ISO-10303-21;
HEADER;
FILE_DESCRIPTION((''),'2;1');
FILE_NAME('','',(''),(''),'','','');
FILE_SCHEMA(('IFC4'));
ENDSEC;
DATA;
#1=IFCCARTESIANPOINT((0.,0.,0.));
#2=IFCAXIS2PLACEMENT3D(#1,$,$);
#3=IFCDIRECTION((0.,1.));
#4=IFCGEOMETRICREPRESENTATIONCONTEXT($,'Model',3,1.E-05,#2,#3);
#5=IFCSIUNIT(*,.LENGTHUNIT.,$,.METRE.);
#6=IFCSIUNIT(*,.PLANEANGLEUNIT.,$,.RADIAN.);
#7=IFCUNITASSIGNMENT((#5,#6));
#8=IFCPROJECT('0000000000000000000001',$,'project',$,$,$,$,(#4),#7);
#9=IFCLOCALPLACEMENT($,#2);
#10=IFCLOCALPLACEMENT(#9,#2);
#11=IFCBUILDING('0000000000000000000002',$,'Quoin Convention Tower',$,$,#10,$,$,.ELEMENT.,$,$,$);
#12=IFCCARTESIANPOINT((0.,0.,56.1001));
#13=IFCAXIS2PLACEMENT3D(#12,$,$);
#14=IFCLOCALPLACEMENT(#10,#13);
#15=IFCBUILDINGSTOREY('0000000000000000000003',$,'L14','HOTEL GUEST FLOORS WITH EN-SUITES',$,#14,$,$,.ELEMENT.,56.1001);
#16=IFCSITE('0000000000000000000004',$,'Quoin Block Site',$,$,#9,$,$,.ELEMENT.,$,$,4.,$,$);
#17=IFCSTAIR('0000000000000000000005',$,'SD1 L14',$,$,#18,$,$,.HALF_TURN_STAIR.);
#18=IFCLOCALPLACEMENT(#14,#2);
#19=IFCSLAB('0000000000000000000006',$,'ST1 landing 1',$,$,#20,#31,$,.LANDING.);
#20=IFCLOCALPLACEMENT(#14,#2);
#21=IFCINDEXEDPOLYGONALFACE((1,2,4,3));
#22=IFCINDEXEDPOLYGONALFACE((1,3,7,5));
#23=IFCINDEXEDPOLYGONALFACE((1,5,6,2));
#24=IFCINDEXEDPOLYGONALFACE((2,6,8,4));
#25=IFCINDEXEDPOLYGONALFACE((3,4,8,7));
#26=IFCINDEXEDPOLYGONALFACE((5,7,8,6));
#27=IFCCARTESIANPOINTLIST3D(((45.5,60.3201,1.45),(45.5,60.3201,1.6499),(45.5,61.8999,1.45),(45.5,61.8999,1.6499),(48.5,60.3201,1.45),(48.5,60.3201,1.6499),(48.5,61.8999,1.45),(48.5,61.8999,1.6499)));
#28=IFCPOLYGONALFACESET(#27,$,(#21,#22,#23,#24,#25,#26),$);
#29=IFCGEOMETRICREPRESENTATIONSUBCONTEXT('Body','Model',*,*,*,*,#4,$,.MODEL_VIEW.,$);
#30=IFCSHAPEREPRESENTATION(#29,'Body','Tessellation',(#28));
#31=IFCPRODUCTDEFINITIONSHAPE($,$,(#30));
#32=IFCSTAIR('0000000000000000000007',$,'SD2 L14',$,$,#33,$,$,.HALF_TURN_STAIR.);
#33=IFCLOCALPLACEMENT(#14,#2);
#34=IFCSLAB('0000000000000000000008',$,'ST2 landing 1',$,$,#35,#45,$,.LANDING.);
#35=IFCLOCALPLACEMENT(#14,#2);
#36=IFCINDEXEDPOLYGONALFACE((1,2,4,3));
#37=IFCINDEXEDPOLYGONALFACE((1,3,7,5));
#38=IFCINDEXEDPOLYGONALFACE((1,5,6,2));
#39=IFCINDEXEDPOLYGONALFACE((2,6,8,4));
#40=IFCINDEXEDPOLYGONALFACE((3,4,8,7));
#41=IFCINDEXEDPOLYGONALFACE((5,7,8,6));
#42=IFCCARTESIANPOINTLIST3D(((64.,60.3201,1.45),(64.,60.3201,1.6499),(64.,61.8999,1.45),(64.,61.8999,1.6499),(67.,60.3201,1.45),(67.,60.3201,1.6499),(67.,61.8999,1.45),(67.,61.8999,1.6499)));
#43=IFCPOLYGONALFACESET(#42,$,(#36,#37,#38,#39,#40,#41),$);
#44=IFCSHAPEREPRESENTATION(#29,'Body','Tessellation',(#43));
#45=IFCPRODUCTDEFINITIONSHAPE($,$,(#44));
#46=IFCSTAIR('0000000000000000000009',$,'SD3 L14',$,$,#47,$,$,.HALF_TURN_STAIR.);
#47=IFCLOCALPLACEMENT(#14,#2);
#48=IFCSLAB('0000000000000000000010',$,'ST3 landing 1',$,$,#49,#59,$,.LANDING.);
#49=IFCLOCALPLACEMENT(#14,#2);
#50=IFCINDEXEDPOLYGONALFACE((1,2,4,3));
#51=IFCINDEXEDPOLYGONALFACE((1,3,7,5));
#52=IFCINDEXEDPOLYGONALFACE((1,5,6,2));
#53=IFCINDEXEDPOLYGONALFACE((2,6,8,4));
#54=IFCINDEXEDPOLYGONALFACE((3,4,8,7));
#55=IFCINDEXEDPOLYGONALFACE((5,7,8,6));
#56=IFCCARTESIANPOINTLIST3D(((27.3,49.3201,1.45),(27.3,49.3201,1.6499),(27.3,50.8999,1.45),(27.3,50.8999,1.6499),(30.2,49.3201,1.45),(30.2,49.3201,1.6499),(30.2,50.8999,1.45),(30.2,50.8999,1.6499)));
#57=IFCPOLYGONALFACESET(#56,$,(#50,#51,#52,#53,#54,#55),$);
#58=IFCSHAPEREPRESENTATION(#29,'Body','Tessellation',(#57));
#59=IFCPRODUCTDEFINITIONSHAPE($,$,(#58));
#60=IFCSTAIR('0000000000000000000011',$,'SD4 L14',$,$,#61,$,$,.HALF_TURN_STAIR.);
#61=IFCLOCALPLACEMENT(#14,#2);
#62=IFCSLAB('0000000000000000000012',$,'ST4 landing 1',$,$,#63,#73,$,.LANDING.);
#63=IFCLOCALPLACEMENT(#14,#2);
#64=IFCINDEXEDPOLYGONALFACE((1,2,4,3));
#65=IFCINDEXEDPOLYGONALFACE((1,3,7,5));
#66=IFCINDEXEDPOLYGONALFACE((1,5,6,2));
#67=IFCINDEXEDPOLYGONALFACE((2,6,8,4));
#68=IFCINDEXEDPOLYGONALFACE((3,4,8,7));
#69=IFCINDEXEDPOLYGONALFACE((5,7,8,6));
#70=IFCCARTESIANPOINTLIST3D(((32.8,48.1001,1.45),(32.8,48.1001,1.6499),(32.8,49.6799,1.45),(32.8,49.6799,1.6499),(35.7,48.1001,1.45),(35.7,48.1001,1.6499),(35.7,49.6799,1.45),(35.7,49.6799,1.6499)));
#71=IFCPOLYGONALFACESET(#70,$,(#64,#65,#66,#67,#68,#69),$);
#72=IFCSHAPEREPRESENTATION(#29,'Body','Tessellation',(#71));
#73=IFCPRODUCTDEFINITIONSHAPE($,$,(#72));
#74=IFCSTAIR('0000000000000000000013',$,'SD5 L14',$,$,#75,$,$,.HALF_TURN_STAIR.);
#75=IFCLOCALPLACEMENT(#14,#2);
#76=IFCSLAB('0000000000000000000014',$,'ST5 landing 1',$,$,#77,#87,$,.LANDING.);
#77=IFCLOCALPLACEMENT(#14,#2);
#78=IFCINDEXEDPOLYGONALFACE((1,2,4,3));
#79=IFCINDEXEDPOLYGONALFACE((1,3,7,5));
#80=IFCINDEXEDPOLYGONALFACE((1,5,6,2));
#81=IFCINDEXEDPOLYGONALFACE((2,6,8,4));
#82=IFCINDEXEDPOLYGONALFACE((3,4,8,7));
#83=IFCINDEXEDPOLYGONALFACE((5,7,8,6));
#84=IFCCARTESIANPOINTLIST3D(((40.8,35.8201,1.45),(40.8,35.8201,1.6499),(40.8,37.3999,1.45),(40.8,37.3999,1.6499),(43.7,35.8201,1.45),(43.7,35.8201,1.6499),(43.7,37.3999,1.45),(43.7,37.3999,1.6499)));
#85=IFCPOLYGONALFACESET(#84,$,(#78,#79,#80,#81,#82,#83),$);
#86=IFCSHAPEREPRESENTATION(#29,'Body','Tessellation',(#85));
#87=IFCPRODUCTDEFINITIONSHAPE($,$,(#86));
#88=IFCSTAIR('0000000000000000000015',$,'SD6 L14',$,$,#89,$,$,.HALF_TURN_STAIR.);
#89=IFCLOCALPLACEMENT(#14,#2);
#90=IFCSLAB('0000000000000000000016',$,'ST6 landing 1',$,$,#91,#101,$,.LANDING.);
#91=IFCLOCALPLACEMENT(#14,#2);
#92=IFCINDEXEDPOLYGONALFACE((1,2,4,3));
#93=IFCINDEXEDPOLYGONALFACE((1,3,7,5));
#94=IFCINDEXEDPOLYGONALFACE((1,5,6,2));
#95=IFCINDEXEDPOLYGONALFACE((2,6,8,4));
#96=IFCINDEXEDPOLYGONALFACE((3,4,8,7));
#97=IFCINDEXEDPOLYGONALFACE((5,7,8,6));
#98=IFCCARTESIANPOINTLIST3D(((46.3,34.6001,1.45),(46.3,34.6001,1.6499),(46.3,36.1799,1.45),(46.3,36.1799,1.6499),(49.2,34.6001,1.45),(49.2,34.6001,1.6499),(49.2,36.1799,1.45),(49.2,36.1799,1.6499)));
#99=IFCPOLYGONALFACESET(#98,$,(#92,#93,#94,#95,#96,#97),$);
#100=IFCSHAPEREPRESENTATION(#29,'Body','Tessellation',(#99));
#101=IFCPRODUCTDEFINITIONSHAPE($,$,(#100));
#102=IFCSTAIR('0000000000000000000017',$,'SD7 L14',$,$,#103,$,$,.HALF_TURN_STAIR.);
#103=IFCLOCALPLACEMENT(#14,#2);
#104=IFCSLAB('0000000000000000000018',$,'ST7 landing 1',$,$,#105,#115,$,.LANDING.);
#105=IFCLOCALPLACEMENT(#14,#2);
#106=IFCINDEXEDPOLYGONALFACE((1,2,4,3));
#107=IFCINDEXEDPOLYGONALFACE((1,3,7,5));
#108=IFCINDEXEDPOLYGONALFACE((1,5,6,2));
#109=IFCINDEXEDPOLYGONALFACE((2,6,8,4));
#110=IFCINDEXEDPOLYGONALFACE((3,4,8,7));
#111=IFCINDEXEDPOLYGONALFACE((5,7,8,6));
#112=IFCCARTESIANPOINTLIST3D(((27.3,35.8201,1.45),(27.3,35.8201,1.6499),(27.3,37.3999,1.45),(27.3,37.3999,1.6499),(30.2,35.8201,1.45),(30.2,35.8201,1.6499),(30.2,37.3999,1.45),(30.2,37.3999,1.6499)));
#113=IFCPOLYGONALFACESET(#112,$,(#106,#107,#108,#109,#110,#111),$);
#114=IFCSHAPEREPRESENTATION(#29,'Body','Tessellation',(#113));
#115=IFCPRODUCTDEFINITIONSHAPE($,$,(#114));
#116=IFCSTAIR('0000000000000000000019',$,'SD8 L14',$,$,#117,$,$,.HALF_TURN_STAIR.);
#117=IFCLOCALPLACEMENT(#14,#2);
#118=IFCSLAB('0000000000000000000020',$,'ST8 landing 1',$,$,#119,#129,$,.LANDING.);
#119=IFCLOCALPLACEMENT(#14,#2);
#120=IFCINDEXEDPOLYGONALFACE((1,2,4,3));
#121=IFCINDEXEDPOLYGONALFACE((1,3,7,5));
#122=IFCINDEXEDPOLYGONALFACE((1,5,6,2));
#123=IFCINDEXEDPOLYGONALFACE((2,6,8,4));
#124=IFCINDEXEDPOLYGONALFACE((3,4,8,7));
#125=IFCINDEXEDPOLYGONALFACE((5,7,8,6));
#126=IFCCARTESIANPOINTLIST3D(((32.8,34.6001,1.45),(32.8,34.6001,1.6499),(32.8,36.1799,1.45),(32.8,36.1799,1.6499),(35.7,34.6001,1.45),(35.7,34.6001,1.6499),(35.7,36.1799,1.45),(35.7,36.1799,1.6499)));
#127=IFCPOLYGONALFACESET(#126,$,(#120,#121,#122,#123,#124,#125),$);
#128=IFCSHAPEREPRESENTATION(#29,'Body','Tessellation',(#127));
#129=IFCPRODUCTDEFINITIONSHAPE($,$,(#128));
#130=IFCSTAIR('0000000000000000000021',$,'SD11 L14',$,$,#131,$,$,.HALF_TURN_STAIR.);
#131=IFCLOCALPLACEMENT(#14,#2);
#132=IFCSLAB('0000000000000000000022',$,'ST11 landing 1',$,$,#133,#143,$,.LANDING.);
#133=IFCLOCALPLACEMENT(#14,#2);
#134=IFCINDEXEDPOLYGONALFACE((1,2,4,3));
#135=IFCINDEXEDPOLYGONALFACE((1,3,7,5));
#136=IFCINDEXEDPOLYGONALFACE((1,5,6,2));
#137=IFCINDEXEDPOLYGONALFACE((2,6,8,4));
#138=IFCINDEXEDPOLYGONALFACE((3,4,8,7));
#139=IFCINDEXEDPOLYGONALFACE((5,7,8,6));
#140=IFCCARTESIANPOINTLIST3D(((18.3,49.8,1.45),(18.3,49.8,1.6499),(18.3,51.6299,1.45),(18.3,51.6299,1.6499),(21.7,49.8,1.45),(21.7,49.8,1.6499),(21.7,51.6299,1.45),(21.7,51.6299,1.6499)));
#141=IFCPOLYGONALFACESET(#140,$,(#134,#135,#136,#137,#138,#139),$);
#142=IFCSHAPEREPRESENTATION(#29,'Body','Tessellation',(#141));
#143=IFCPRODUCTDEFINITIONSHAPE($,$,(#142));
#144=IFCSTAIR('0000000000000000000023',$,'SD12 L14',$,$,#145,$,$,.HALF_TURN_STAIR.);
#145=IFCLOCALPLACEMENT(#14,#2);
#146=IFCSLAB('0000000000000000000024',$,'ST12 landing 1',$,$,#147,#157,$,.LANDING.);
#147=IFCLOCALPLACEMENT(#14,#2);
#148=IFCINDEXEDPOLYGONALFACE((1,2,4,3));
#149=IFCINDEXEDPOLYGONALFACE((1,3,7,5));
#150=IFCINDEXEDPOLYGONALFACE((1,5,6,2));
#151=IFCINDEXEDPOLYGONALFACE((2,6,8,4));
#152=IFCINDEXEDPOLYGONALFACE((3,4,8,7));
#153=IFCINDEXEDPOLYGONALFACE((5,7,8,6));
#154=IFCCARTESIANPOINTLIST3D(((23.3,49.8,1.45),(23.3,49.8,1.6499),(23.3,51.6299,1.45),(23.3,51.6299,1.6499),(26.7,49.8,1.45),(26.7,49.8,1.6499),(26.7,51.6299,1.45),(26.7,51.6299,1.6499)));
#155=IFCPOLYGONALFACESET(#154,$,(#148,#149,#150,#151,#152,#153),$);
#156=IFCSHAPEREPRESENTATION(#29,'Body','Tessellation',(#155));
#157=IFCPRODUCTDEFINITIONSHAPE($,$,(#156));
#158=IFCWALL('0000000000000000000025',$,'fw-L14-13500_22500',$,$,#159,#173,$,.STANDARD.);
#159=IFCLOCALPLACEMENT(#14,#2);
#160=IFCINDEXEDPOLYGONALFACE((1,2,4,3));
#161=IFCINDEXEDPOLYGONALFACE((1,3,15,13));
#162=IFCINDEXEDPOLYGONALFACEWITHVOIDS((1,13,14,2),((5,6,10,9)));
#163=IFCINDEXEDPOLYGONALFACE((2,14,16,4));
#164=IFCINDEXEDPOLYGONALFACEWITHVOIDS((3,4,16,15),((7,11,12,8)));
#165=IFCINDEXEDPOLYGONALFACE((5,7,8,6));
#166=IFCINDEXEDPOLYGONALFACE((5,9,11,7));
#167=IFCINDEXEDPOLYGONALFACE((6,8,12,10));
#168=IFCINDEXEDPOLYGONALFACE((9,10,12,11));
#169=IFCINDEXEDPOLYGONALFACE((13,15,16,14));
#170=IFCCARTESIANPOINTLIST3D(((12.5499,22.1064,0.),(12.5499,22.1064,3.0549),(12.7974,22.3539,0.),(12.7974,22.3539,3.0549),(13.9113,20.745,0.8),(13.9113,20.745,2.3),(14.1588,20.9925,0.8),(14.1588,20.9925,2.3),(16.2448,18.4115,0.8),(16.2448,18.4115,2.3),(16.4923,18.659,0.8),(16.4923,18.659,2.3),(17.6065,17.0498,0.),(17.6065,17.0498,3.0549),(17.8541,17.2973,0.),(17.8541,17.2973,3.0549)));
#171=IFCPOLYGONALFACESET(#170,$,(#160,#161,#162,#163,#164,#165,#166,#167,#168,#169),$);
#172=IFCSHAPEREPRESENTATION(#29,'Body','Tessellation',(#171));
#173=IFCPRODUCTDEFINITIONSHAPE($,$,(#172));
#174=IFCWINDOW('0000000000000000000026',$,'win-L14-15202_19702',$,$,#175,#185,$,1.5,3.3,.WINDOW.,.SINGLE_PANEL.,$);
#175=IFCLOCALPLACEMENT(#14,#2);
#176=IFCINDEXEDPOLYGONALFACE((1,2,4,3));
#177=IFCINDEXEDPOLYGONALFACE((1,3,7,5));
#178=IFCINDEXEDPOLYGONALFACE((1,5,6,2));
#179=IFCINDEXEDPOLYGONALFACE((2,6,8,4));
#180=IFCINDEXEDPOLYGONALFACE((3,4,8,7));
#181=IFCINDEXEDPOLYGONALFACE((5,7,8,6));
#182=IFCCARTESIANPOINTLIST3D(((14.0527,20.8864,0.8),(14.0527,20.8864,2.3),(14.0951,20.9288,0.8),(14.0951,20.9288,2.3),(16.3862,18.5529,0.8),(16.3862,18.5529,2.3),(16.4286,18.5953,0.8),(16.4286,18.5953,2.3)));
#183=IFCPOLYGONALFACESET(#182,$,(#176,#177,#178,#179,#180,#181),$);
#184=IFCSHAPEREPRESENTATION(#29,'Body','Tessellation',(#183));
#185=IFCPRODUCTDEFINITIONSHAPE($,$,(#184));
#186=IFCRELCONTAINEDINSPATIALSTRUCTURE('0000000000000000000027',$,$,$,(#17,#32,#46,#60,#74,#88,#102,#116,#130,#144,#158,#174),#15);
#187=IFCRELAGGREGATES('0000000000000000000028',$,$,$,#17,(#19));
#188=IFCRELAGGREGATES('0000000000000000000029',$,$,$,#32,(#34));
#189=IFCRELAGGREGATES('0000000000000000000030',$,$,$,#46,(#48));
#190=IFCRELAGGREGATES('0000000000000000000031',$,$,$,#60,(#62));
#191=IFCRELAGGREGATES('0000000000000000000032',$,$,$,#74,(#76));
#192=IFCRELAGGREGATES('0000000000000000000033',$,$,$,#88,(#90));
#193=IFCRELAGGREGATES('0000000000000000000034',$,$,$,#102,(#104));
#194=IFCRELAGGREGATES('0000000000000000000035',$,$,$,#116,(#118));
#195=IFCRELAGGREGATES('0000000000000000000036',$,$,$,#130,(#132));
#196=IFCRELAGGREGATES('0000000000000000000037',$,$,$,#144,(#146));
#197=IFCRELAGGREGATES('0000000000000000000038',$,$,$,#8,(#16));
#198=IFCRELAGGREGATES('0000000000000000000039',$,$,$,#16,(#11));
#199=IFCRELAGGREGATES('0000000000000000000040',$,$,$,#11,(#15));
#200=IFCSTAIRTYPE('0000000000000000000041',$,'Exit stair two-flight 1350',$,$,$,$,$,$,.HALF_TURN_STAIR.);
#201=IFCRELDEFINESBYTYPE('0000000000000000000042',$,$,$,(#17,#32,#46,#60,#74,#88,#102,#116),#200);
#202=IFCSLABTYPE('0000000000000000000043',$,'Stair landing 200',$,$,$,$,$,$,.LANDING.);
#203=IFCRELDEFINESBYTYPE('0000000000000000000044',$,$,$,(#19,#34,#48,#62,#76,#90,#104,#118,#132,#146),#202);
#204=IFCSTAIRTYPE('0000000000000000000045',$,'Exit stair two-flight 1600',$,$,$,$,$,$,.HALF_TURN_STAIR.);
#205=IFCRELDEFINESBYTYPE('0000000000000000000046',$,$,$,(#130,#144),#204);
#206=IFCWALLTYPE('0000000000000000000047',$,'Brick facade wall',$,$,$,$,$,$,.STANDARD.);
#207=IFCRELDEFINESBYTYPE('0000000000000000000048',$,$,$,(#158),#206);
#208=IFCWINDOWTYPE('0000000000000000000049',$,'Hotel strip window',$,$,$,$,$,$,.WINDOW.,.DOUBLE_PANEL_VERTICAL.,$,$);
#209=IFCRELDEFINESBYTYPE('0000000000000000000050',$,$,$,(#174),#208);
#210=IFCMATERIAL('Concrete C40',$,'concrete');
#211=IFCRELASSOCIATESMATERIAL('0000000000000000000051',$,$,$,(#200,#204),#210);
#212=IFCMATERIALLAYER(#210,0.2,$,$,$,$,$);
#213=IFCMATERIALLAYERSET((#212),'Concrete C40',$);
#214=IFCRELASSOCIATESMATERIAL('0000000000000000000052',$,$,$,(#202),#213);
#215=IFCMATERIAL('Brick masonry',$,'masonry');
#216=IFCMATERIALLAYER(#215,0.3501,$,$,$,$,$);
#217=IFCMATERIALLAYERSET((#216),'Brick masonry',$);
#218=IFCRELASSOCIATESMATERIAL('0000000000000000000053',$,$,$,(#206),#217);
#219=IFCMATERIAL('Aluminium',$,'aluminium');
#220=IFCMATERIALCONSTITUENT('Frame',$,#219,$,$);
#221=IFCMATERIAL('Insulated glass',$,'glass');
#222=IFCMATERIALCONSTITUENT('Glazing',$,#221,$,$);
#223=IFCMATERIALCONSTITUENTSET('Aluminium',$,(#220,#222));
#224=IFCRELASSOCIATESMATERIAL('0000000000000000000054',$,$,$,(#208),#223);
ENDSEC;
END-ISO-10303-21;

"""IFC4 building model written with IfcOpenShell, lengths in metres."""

from ifc_helpers import new_model, si_unit, direction, frame, frame_2d, origin, place, context, subcontext, project, spatial, polyline, rectangle, outline, extrude, material, layer, layer_set, constituent, constituent_set, type_object, element, fill, aggregate, save


model = new_model("IFC4")

# Units and contexts
model_context = context("Model", 3, precision=1e-05, world=origin(), true_north=direction((0.0, 1.0)))
body_context = subcontext(model_context, "Body", "Model", "MODEL_VIEW")
ifc_project = project(units=[si_unit("LENGTHUNIT", "METRE"), si_unit("PLANEANGLEUNIT", "RADIAN")], contexts=[model_context])

# Site, building, storey
site_placement = place(None, origin())
site = spatial("IfcSite", under=ifc_project, at=site_placement, Name="Quoin Block Site", CompositionType="ELEMENT", RefElevation=4.0)
building_placement = place(site_placement, origin())
building = spatial("IfcBuilding", under=site, at=building_placement, Name="Quoin Convention Tower", CompositionType="ELEMENT")
storey_placement = place(building_placement, frame((0.0, 0.0, 56.1001)))
storey = spatial("IfcBuildingStorey", under=building, at=storey_placement, Name="L14", Description="HOTEL GUEST FLOORS WITH EN-SUITES", CompositionType="ELEMENT", Elevation=56.1001)

# Stairs, slabs
ifc_material_1 = material(Name="Concrete C40", Category="concrete")
stair_type_1 = type_object("IfcStairType", Name="Exit stair two-flight 1350", PredefinedType="HALF_TURN_STAIR", material=ifc_material_1)
stair_1_placement = place(storey_placement, origin())
stair_1 = element("IfcStair", 1, at=stair_1_placement, inside=storey, type_object=stair_type_1, Name="SD1 L14", PredefinedType="HALF_TURN_STAIR")
ifc_layer_1 = layer(ifc_material_1, 0.2)
ifc_layer_set_1 = layer_set([ifc_layer_1], Name="Concrete C40")
slab_type_1 = type_object("IfcSlabType", Name="Stair landing 200", PredefinedType="LANDING", material=ifc_layer_set_1)
slab_1_placement = place(storey_placement, frame((0.0, 0.0, 1.45)))
slab_1 = element("IfcSlab", 2, at=slab_1_placement, type_object=slab_type_1, Name="ST1 landing 1", PredefinedType="LANDING", context=body_context, shape_type="SweptSolid", body=[
    extrude(outline(polyline([(45.5, 60.3201), (48.5, 60.3201), (48.5, 61.8999), (45.5, 61.8999), (45.5, 60.3201)])), origin(), (0.0, 0.0, 1.0), 0.2),
])
aggregate(stair_1, [slab_1])
stair_2_placement = place(storey_placement, origin())
stair_2 = element("IfcStair", 3, at=stair_2_placement, inside=storey, type_object=stair_type_1, Name="SD2 L14", PredefinedType="HALF_TURN_STAIR")
slab_2_placement = place(storey_placement, frame((0.0, 0.0, 1.45)))
slab_2 = element("IfcSlab", 4, at=slab_2_placement, type_object=slab_type_1, Name="ST2 landing 1", PredefinedType="LANDING", context=body_context, shape_type="SweptSolid", body=[
    extrude(outline(polyline([(64.0, 60.3201), (67.0, 60.3201), (67.0, 61.8999), (64.0, 61.8999), (64.0, 60.3201)])), origin(), (0.0, 0.0, 1.0), 0.2),
])
aggregate(stair_2, [slab_2])
stair_3_placement = place(storey_placement, origin())
stair_3 = element("IfcStair", 5, at=stair_3_placement, inside=storey, type_object=stair_type_1, Name="SD3 L14", PredefinedType="HALF_TURN_STAIR")
slab_3_placement = place(storey_placement, frame((0.0, 0.0, 1.45)))
slab_3 = element("IfcSlab", 6, at=slab_3_placement, type_object=slab_type_1, Name="ST3 landing 1", PredefinedType="LANDING", context=body_context, shape_type="SweptSolid", body=[
    extrude(outline(polyline([(27.3, 49.3201), (30.2, 49.3201), (30.2, 50.8999), (27.3, 50.8999), (27.3, 49.3201)])), origin(), (0.0, 0.0, 1.0), 0.2),
])
aggregate(stair_3, [slab_3])
stair_4_placement = place(storey_placement, origin())
stair_4 = element("IfcStair", 7, at=stair_4_placement, inside=storey, type_object=stair_type_1, Name="SD4 L14", PredefinedType="HALF_TURN_STAIR")
slab_4_placement = place(storey_placement, frame((0.0, 0.0, 1.45)))
slab_4 = element("IfcSlab", 8, at=slab_4_placement, type_object=slab_type_1, Name="ST4 landing 1", PredefinedType="LANDING", context=body_context, shape_type="SweptSolid", body=[
    extrude(outline(polyline([(35.7, 49.6799), (32.8, 49.6799), (32.8, 48.1001), (35.7, 48.1001), (35.7, 49.6799)])), origin(), (0.0, 0.0, 1.0), 0.2),
])
aggregate(stair_4, [slab_4])
stair_5_placement = place(storey_placement, origin())
stair_5 = element("IfcStair", 9, at=stair_5_placement, inside=storey, type_object=stair_type_1, Name="SD5 L14", PredefinedType="HALF_TURN_STAIR")
slab_5_placement = place(storey_placement, frame((0.0, 0.0, 1.45)))
slab_5 = element("IfcSlab", 10, at=slab_5_placement, type_object=slab_type_1, Name="ST5 landing 1", PredefinedType="LANDING", context=body_context, shape_type="SweptSolid", body=[
    extrude(outline(polyline([(40.8, 35.8201), (43.7, 35.8201), (43.7, 37.3999), (40.8, 37.3999), (40.8, 35.8201)])), origin(), (0.0, 0.0, 1.0), 0.2),
])
aggregate(stair_5, [slab_5])
stair_6_placement = place(storey_placement, origin())
stair_6 = element("IfcStair", 11, at=stair_6_placement, inside=storey, type_object=stair_type_1, Name="SD6 L14", PredefinedType="HALF_TURN_STAIR")
slab_6_placement = place(storey_placement, frame((0.0, 0.0, 1.45)))
slab_6 = element("IfcSlab", 12, at=slab_6_placement, type_object=slab_type_1, Name="ST6 landing 1", PredefinedType="LANDING", context=body_context, shape_type="SweptSolid", body=[
    extrude(outline(polyline([(49.2, 36.1799), (46.3, 36.1799), (46.3, 34.6001), (49.2, 34.6001), (49.2, 36.1799)])), origin(), (0.0, 0.0, 1.0), 0.2),
])
aggregate(stair_6, [slab_6])
stair_7_placement = place(storey_placement, origin())
stair_7 = element("IfcStair", 13, at=stair_7_placement, inside=storey, type_object=stair_type_1, Name="SD7 L14", PredefinedType="HALF_TURN_STAIR")
slab_7_placement = place(storey_placement, frame((0.0, 0.0, 1.45)))
slab_7 = element("IfcSlab", 14, at=slab_7_placement, type_object=slab_type_1, Name="ST7 landing 1", PredefinedType="LANDING", context=body_context, shape_type="SweptSolid", body=[
    extrude(outline(polyline([(27.3, 35.8201), (30.2, 35.8201), (30.2, 37.3999), (27.3, 37.3999), (27.3, 35.8201)])), origin(), (0.0, 0.0, 1.0), 0.2),
])
aggregate(stair_7, [slab_7])
stair_8_placement = place(storey_placement, origin())
stair_8 = element("IfcStair", 15, at=stair_8_placement, inside=storey, type_object=stair_type_1, Name="SD8 L14", PredefinedType="HALF_TURN_STAIR")
slab_8_placement = place(storey_placement, frame((0.0, 0.0, 1.45)))
slab_8 = element("IfcSlab", 16, at=slab_8_placement, type_object=slab_type_1, Name="ST8 landing 1", PredefinedType="LANDING", context=body_context, shape_type="SweptSolid", body=[
    extrude(outline(polyline([(35.7, 36.1799), (32.8, 36.1799), (32.8, 34.6001), (35.7, 34.6001), (35.7, 36.1799)])), origin(), (0.0, 0.0, 1.0), 0.2),
])
aggregate(stair_8, [slab_8])
stair_type_2 = type_object("IfcStairType", Name="Exit stair two-flight 1600", PredefinedType="HALF_TURN_STAIR", material=ifc_material_1)
stair_9_placement = place(storey_placement, origin())
stair_9 = element("IfcStair", 17, at=stair_9_placement, inside=storey, type_object=stair_type_2, Name="SD11 L14", PredefinedType="HALF_TURN_STAIR")
slab_9_placement = place(storey_placement, frame((0.0, 0.0, 1.45)))
slab_9 = element("IfcSlab", 18, at=slab_9_placement, type_object=slab_type_1, Name="ST11 landing 1", PredefinedType="LANDING", context=body_context, shape_type="SweptSolid", body=[
    extrude(outline(polyline([(21.7, 51.6299), (18.3, 51.6299), (18.3, 49.8), (21.7, 49.8), (21.7, 51.6299)])), origin(), (0.0, 0.0, 1.0), 0.2),
])
aggregate(stair_9, [slab_9])
stair_10_placement = place(storey_placement, origin())
stair_10 = element("IfcStair", 19, at=stair_10_placement, inside=storey, type_object=stair_type_2, Name="SD12 L14", PredefinedType="HALF_TURN_STAIR")
slab_10_placement = place(storey_placement, frame((0.0, 0.0, 1.45)))
slab_10 = element("IfcSlab", 20, at=slab_10_placement, type_object=slab_type_1, Name="ST12 landing 1", PredefinedType="LANDING", context=body_context, shape_type="SweptSolid", body=[
    extrude(outline(polyline([(26.7, 51.6299), (23.3, 51.6299), (23.3, 49.8), (26.7, 49.8), (26.7, 51.6299)])), origin(), (0.0, 0.0, 1.0), 0.2),
])
aggregate(stair_10, [slab_10])

# Wall, opening, window
ifc_material_2 = material(Name="Brick masonry", Category="masonry")
ifc_layer_2 = layer(ifc_material_2, 0.3501)
ifc_layer_set_2 = layer_set([ifc_layer_2], Name="Brick masonry")
wall_type_1 = type_object("IfcWallType", Name="Brick facade wall", PredefinedType="STANDARD", material=ifc_layer_set_2)
wall_1_placement = place(storey_placement, frame((12.6736, 22.2302, 0.0), z_axis=(0.0, 0.0, 1.0), x_axis=(0.707107, -0.707107, 0.0)))
wall_1 = element("IfcWall", 21, at=wall_1_placement, inside=storey, type_object=wall_type_1, Name="fw-L14-13500_22500", PredefinedType="STANDARD", context=body_context, shape_type="SweptSolid", body=[
    extrude(rectangle(XDim=7.1511, YDim=0.3501, at=frame_2d((3.5757, 0.0))), origin(), (0.0, 0.0, 1.0), 3.0549),
])
opening_1_placement = place(wall_1_placement, frame((1.9255, 0.0, 0.8)))
opening_1 = element("IfcOpeningElement", 22, at=opening_1_placement, cuts=wall_1, PredefinedType="OPENING", context=body_context, shape_type="SweptSolid", body=[
    extrude(rectangle(XDim=3.3, YDim=1.5, at=frame_2d((1.6499, 0.75))), frame((0.0, 0.1851, 0.0), z_axis=(0.0, -1.0, 0.0), x_axis=(1.0, 0.0, 0.0)), (0.0, 0.0, 1.0), 0.3701),
])
ifc_material_3 = material(Name="Aluminium", Category="aluminium")
ifc_constituent_1 = constituent(ifc_material_3, Name="Frame")
ifc_material_4 = material(Name="Insulated glass", Category="glass")
ifc_constituent_2 = constituent(ifc_material_4, Name="Glazing")
ifc_constituent_set = constituent_set(constituents=[ifc_constituent_1, ifc_constituent_2], Name="Aluminium")
window_type = type_object("IfcWindowType", Name="Hotel strip window", PartitioningType="DOUBLE_PANEL_VERTICAL", PredefinedType="WINDOW", material=ifc_constituent_set)
window_1_placement = place(opening_1_placement, origin())
window_1 = element("IfcWindow", 23, at=window_1_placement, inside=storey, type_object=window_type, Name="win-L14-15202_19702", OverallHeight=1.5, OverallWidth=3.3, PartitioningType="SINGLE_PANEL", PredefinedType="WINDOW", context=body_context, shape_type="SweptSolid", body=[
    extrude(rectangle(XDim=3.3, YDim=1.5, at=frame_2d((1.6499, 0.75))), frame((0.0, 0.085, 0.0), z_axis=(0.0, -1.0, 0.0), x_axis=(1.0, 0.0, 0.0)), (0.0, 0.0, 1.0), 0.0601),
])
fill(opening_1, window_1)

save(model, "model.ifc")
